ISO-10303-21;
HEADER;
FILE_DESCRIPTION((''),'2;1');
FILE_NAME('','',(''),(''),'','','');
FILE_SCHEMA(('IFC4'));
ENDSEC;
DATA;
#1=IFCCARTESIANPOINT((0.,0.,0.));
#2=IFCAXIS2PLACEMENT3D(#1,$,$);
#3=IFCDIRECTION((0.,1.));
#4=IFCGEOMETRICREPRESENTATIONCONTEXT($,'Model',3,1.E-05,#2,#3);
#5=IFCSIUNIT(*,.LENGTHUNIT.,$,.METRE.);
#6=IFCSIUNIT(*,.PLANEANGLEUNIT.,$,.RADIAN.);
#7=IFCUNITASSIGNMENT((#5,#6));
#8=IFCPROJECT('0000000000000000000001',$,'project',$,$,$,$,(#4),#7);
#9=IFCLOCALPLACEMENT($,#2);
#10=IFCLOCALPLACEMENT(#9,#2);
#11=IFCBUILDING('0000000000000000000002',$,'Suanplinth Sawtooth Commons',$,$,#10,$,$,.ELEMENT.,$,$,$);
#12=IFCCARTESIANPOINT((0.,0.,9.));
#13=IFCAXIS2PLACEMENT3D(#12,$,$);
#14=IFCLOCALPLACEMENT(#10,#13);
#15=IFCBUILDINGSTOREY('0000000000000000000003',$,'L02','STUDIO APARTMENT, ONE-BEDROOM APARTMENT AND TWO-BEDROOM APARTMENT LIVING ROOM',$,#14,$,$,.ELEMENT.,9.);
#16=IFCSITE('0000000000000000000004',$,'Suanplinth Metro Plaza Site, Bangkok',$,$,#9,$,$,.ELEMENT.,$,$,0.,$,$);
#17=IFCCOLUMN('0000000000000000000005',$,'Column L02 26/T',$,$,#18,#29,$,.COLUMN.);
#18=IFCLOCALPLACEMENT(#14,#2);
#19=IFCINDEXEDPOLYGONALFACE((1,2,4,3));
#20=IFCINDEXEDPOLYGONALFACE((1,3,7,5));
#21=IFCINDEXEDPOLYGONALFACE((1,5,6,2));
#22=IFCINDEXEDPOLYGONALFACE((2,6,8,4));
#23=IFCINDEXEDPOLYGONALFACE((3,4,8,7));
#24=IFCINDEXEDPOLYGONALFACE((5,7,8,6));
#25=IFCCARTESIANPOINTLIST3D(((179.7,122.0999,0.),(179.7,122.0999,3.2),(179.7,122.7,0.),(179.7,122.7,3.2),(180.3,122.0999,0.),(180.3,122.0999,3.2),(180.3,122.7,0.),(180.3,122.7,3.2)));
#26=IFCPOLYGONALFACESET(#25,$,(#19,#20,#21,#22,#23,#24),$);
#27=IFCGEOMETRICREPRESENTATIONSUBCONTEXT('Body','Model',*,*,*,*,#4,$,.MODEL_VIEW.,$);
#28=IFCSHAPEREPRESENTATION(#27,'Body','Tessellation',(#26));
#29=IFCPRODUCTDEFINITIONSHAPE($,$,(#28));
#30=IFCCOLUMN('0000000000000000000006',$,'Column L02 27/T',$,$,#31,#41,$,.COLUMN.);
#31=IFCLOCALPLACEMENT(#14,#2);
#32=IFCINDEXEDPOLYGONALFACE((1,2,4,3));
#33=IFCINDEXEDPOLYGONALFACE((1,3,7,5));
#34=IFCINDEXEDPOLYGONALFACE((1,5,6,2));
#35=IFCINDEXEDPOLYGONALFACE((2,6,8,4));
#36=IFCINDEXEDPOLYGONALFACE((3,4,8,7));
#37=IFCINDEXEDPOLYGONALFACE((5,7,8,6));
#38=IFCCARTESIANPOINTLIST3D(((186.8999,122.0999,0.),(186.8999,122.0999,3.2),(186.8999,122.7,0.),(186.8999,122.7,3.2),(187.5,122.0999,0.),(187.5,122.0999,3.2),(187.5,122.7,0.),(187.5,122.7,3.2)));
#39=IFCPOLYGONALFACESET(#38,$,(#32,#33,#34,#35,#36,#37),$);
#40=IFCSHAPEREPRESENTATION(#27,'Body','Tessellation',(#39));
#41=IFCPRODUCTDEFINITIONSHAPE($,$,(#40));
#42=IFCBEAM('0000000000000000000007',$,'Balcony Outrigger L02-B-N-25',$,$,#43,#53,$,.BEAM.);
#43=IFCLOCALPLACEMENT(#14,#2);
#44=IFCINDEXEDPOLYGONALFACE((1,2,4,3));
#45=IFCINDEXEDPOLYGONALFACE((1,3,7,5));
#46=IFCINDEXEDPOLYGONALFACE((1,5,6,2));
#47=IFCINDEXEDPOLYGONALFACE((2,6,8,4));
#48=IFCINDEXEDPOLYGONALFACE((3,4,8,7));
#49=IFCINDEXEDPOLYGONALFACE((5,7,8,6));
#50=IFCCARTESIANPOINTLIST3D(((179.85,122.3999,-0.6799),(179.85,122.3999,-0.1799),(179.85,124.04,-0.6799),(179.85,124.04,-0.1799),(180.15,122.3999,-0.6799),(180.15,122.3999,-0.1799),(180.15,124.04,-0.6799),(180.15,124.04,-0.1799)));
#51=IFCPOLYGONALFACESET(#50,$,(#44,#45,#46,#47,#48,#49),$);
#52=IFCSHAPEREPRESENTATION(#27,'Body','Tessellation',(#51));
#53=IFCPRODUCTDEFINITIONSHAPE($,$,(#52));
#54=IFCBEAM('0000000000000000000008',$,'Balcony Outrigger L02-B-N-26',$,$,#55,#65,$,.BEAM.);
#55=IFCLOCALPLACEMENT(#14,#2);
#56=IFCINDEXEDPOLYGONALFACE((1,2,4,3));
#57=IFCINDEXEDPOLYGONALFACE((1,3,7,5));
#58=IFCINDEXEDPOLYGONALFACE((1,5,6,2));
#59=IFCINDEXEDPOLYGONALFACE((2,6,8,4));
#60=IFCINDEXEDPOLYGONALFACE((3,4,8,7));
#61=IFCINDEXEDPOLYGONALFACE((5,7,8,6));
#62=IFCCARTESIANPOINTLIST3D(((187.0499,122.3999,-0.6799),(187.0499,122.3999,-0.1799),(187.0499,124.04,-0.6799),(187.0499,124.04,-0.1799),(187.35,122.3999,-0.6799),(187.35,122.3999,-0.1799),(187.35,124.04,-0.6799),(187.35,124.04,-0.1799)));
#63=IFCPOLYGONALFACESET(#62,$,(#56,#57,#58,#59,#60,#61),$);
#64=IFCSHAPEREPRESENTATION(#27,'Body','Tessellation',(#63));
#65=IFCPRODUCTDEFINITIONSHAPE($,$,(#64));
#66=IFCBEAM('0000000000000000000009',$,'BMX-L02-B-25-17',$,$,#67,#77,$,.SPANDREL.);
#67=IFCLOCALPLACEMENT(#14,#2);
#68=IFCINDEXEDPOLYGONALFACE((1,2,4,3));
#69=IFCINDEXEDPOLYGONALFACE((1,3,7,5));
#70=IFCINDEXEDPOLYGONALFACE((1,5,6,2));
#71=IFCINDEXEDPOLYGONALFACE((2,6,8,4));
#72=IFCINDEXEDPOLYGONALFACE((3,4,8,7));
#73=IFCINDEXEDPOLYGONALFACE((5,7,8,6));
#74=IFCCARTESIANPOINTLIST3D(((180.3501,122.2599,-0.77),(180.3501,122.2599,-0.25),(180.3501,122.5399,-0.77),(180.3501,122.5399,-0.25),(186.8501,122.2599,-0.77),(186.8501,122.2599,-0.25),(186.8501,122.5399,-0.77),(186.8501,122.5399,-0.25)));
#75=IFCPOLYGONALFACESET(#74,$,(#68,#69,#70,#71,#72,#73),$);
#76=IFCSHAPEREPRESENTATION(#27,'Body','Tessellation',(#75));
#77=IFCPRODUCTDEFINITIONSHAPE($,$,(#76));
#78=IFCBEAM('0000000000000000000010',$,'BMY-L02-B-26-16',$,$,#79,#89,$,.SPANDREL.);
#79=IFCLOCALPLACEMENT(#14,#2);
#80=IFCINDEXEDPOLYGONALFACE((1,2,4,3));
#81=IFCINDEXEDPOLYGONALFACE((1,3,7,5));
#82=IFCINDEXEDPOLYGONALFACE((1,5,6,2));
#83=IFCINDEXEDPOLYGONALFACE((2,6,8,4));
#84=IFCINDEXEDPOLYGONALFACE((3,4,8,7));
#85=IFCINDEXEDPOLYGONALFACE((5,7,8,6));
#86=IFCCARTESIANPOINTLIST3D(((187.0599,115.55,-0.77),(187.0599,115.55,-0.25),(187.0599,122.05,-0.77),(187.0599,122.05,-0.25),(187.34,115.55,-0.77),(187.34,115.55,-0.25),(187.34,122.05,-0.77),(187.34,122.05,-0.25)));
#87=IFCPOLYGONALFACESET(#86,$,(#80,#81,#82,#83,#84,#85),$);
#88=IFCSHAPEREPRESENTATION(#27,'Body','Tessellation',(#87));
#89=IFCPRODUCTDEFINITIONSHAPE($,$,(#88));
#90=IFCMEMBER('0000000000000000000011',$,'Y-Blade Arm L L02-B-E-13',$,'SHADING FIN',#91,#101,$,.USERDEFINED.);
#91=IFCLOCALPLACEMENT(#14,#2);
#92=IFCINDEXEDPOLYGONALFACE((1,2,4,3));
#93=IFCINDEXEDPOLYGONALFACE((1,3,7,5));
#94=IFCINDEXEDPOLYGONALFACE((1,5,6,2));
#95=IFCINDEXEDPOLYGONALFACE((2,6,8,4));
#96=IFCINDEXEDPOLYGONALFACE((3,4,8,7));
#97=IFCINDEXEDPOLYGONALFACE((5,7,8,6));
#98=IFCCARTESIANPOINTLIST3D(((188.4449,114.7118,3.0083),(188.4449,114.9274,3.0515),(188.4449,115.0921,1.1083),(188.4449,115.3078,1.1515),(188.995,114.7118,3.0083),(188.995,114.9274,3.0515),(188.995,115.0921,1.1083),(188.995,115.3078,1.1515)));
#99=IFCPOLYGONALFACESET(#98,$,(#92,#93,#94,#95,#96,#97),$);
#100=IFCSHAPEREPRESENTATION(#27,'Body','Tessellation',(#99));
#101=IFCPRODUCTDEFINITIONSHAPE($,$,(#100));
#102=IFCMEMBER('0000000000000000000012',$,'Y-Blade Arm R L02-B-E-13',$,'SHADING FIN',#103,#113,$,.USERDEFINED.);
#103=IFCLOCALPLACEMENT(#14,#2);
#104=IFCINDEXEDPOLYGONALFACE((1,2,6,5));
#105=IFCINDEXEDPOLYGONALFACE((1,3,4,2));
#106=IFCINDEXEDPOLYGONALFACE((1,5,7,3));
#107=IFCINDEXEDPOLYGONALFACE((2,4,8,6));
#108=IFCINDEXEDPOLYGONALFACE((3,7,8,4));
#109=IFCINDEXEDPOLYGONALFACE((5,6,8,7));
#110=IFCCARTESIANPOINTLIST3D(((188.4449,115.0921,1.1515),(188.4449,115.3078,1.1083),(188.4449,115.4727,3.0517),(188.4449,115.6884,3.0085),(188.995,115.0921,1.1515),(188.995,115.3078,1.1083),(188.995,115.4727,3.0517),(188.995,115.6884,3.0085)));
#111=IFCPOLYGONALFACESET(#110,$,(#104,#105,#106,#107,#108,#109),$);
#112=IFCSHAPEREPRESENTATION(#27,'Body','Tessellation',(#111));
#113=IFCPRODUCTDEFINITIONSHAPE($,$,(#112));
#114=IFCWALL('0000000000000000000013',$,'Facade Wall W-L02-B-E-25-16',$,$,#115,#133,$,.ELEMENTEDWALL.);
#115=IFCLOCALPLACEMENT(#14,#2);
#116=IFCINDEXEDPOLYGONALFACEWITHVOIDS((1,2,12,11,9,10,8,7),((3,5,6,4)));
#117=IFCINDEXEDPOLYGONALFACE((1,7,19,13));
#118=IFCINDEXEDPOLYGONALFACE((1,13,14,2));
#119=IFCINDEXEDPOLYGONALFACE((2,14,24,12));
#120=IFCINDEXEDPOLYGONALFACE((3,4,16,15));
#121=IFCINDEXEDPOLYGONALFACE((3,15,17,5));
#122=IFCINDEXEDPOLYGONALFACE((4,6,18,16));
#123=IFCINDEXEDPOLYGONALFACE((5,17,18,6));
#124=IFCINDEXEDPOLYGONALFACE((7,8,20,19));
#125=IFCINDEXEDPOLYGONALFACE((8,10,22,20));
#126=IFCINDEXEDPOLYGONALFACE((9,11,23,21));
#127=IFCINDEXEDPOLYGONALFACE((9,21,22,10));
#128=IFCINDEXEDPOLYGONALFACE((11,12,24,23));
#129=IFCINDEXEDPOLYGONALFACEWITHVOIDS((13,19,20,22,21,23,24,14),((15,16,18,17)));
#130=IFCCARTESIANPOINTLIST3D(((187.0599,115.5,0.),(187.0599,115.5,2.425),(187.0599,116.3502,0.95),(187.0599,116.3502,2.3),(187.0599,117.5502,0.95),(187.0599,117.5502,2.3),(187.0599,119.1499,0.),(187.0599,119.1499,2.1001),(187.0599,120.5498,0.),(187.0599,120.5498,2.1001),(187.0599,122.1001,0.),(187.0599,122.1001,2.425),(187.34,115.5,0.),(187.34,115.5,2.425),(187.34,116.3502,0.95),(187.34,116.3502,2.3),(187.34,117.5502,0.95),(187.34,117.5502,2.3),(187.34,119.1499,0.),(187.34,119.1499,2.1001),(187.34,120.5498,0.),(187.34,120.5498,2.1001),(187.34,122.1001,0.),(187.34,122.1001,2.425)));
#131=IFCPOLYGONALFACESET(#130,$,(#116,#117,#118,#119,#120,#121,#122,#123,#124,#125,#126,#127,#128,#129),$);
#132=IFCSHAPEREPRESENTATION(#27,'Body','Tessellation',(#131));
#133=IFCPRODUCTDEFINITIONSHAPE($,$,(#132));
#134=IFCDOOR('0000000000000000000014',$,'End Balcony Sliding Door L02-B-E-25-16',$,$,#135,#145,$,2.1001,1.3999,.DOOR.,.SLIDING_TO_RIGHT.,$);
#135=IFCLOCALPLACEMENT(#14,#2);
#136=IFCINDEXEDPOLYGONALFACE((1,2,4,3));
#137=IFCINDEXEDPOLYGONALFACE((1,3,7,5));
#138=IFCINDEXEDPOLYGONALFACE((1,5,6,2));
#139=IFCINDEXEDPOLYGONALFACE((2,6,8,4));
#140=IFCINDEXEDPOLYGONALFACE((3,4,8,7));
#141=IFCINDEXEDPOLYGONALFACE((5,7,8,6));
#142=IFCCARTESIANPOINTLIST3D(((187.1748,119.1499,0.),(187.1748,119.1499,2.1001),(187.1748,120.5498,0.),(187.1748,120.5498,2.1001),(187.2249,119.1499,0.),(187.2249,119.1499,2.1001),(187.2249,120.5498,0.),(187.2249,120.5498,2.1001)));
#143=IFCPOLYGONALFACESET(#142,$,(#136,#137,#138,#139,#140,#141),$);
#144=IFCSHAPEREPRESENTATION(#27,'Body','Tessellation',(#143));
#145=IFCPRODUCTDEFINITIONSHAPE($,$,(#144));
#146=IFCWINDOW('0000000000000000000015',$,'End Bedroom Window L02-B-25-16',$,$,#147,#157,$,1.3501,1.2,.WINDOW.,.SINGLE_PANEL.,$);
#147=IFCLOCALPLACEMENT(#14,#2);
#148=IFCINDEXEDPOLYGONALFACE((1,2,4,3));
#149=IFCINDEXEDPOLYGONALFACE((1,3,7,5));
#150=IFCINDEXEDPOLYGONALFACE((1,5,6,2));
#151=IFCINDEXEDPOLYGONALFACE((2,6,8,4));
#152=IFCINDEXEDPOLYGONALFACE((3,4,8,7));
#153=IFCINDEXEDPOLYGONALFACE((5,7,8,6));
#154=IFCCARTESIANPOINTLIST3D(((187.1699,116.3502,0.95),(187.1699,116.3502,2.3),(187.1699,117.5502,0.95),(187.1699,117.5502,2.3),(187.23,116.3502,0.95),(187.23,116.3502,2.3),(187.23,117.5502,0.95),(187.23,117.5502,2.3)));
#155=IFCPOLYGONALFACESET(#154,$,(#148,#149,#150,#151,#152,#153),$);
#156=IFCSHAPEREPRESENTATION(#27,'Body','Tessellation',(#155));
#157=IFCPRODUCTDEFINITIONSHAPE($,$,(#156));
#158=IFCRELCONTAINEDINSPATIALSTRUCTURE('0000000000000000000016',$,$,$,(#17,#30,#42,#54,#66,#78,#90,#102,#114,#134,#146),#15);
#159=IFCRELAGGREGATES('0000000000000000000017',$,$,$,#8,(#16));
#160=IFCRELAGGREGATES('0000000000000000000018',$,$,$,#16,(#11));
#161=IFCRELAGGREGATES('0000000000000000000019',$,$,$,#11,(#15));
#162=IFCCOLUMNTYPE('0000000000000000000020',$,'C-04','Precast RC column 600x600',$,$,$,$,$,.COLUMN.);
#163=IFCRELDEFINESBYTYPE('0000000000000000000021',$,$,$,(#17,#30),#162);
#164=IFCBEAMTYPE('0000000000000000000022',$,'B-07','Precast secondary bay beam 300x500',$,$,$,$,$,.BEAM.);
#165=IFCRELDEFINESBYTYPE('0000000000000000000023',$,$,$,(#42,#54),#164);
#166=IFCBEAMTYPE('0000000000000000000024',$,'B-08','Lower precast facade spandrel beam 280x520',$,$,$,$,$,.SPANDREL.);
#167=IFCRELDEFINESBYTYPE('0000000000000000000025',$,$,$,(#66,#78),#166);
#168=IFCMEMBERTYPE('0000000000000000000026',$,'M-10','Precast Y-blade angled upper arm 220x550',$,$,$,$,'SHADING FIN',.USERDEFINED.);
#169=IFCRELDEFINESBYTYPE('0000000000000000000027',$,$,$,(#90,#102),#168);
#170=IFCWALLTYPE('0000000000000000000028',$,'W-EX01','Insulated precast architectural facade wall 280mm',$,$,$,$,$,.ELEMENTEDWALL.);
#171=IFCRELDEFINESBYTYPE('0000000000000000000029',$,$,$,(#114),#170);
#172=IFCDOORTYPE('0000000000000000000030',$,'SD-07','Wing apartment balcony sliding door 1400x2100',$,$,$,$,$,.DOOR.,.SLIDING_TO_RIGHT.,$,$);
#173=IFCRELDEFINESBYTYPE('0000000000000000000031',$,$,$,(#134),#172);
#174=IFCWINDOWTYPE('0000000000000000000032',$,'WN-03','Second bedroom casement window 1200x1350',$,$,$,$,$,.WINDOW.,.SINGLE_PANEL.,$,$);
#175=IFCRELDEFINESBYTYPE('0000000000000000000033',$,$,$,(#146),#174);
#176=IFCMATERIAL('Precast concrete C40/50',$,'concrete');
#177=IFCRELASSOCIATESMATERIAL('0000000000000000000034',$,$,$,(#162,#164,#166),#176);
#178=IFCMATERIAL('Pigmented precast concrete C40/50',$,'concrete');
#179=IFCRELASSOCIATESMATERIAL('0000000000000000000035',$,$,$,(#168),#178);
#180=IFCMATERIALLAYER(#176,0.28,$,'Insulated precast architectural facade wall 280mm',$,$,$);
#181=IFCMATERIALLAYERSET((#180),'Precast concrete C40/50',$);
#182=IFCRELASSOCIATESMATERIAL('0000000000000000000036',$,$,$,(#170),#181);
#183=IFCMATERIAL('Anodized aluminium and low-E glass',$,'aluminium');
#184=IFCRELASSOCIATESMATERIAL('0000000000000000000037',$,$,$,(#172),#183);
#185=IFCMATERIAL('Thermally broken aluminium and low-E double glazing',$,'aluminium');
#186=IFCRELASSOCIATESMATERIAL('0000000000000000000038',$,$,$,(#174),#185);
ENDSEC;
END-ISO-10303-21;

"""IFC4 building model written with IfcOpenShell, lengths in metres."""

from ifc_helpers import new_model, si_unit, direction, frame, frame_2d, origin, origin_2d, place, context, subcontext, project, spatial, rectangle, extrude, material, layer, layer_set, material_profile, profile_set, type_object, element, fill, save


model = new_model("IFC4")

# Units and contexts
model_context = context("Model", 3, precision=1e-05, world=origin(), true_north=direction((0.0, 1.0)))
body_context = subcontext(model_context, "Body", "Model", "MODEL_VIEW")
ifc_project = project(units=[si_unit("LENGTHUNIT", "METRE"), si_unit("PLANEANGLEUNIT", "RADIAN")], contexts=[model_context])

# Site, building, storey
site_placement = place(None, origin())
site = spatial("IfcSite", under=ifc_project, at=site_placement, Name="Suanplinth Metro Plaza Site, Bangkok", CompositionType="ELEMENT", RefElevation=0.0)
building_placement = place(site_placement, origin())
building = spatial("IfcBuilding", under=site, at=building_placement, Name="Suanplinth Sawtooth Commons", CompositionType="ELEMENT")
storey_placement = place(building_placement, frame((0.0, 0.0, 9.0)))
storey = spatial("IfcBuildingStorey", under=building, at=storey_placement, Name="L02", Description="STUDIO APARTMENT, ONE-BEDROOM APARTMENT AND TWO-BEDROOM APARTMENT LIVING ROOM", CompositionType="ELEMENT", Elevation=9.0)

# Columns
ifc_material_1 = material(Name="Precast concrete C40/50", Category="concrete")
ifc_material_profile_1 = material_profile(ifc_material_1, rectangle(XDim=0.6001, YDim=0.6001, at=origin_2d()), Name="PC-COL 600x600")
ifc_profile_set_1 = profile_set([ifc_material_profile_1], Name="Precast concrete C40/50")
column_type = type_object("IfcColumnType", Name="C-04", Description="Precast RC column 600x600", PredefinedType="COLUMN", material=ifc_profile_set_1)
for number, where, z_axis, x_axis, name in (
    (1, (180.0, 122.3999, 0.0), (0.0, 0.0, 1.0), (1.0, 0.0, 0.0), "Column L02 26/T"),
    (2, (187.2, 122.3999, 0.0), (0.0, 0.0, 1.0), (1.0, 0.0, 0.0), "Column L02 27/T"),
):
    element("IfcColumn", number, at=place(storey_placement, frame(where, z_axis=z_axis, x_axis=x_axis)), inside=storey, type_object=column_type, Name=name, PredefinedType="COLUMN", context=body_context, shape_type="SweptSolid", body=[
        extrude(rectangle(XDim=0.6001, YDim=0.6001, at=origin_2d()), origin(), (0.0, 0.0, 1.0), 3.2),
    ])

# Beams
ifc_material_profile_2 = material_profile(ifc_material_1, rectangle(XDim=0.3, YDim=0.5, at=origin_2d()), Name="PC-BM 300x500")
ifc_profile_set_2 = profile_set([ifc_material_profile_2], Name="Precast concrete C40/50")
beam_type_1 = type_object("IfcBeamType", Name="B-07", Description="Precast secondary bay beam 300x500", PredefinedType="BEAM", material=ifc_profile_set_2)
for number, where, z_axis, x_axis, name in (
    (3, (180.0, 122.3999, -0.4299), (0.0, 1.0, 0.0), (-1.0, 0.0, 0.0), "Balcony Outrigger L02-B-N-25"),
    (4, (187.2, 122.3999, -0.4299), (0.0, 1.0, 0.0), (-1.0, 0.0, 0.0), "Balcony Outrigger L02-B-N-26"),
):
    element("IfcBeam", number, at=place(storey_placement, frame(where, z_axis=z_axis, x_axis=x_axis)), inside=storey, type_object=beam_type_1, Name=name, PredefinedType="BEAM", context=body_context, shape_type="SweptSolid", body=[
        extrude(rectangle(XDim=0.3, YDim=0.5, at=origin_2d()), origin(), (0.0, 0.0, 1.0), 1.6401),
    ])
ifc_material_profile_3 = material_profile(ifc_material_1, rectangle(XDim=0.28, YDim=0.52, at=origin_2d()), Name="PC-SP 280x520")
ifc_profile_set_3 = profile_set([ifc_material_profile_3], Name="Precast concrete C40/50")
beam_type_2 = type_object("IfcBeamType", Name="B-08", Description="Lower precast facade spandrel beam 280x520", PredefinedType="SPANDREL", material=ifc_profile_set_3)
for number, where, z_axis, x_axis, name in (
    (5, (180.3501, 122.3999, -0.51), (1.0, 0.0, 0.0), (0.0, 1.0, 0.0), "BMX-L02-B-25-17"),
    (6, (187.2, 115.55, -0.51), (0.0, 1.0, 0.0), (-1.0, 0.0, 0.0), "BMY-L02-B-26-16"),
):
    element("IfcBeam", number, at=place(storey_placement, frame(where, z_axis=z_axis, x_axis=x_axis)), inside=storey, type_object=beam_type_2, Name=name, PredefinedType="SPANDREL", context=body_context, shape_type="SweptSolid", body=[
        extrude(rectangle(XDim=0.28, YDim=0.52, at=origin_2d()), origin(), (0.0, 0.0, 1.0), 6.5),
    ])

# Members
ifc_material_2 = material(Name="Pigmented precast concrete C40/50", Category="concrete")
ifc_material_profile_4 = material_profile(ifc_material_2, rectangle(XDim=0.22, YDim=0.55, at=origin_2d()), Name="PC-FIN 220x550")
ifc_profile_set_4 = profile_set([ifc_material_profile_4], Name="Pigmented precast concrete C40/50")
member_type = type_object("IfcMemberType", Name="M-10", Description="Precast Y-blade angled upper arm 220x550", ElementType="SHADING FIN", PredefinedType="USERDEFINED", material=ifc_profile_set_4)
member_1_placement = place(storey_placement, frame((188.72, 115.2, 1.1299), z_axis=(0.0, -0.196286, 0.980547), x_axis=(0.0, 0.980547, 0.196286)))
element("IfcMember", 7, at=member_1_placement, inside=storey, type_object=member_type, Name="Y-Blade Arm L L02-B-E-13", ObjectType="SHADING FIN", PredefinedType="USERDEFINED", context=body_context, shape_type="SweptSolid", body=[
    extrude(rectangle(XDim=0.22, YDim=0.55, at=origin_2d()), origin(), (0.0, 0.0, 1.0), 1.9377),
])
member_2_placement = place(storey_placement, frame((188.72, 115.2, 1.1299), z_axis=(0.0, 0.196407, 0.980522), x_axis=(0.0, -0.980522, 0.196407)))
element("IfcMember", 8, at=member_2_placement, inside=storey, type_object=member_type, Name="Y-Blade Arm R L02-B-E-13", ObjectType="SHADING FIN", PredefinedType="USERDEFINED", context=body_context, shape_type="SweptSolid", body=[
    extrude(rectangle(XDim=0.22, YDim=0.55, at=origin_2d()), origin(), (0.0, 0.0, 1.0), 1.938),
])

# Wall, openings, door, window
ifc_layer_1 = layer(ifc_material_1, 0.28, Name="Insulated precast architectural facade wall 280mm")
ifc_layer_set_1 = layer_set([ifc_layer_1], Name="Precast concrete C40/50")
wall_type_1 = type_object("IfcWallType", Name="W-EX01", Description="Insulated precast architectural facade wall 280mm", PredefinedType="ELEMENTEDWALL", material=ifc_layer_set_1)
ifc_material_3 = material(Name="Anodized aluminium and low-E glass", Category="aluminium")
ifc_material_4 = material(Name="Thermally broken aluminium and low-E double glazing", Category="aluminium")
wall_1_placement = place(storey_placement, frame((187.2, 115.5, 0.0), z_axis=(0.0, 0.0, 1.0), x_axis=(0.0, 1.0, 0.0)))
wall_1 = element("IfcWall", 9, at=wall_1_placement, inside=storey, type_object=wall_type_1, Name="Facade Wall W-L02-B-E-25-16", PredefinedType="ELEMENTEDWALL", context=body_context, shape_type="SweptSolid", body=[
    extrude(rectangle(XDim=6.6001, YDim=0.28, at=frame_2d((3.3, 0.0))), origin(), (0.0, 0.0, 1.0), 2.425),
])
opening_1_placement = place(wall_1_placement, frame((3.6499, 0.0, 0.0)))
opening_1 = element("IfcOpeningElement", 10, at=opening_1_placement, cuts=wall_1, PredefinedType="OPENING", context=body_context, shape_type="SweptSolid", body=[
    extrude(rectangle(XDim=1.3999, YDim=2.1001, at=frame_2d((0.7, 1.05))), frame((0.0, 0.1548, 0.0), z_axis=(0.0, -1.0, 0.0), x_axis=(1.0, 0.0, 0.0)), (0.0, 0.0, 1.0), 0.3098),
])
opening_2_placement = place(wall_1_placement, frame((0.8501, 0.0, 0.95)))
opening_2 = element("IfcOpeningElement", 11, at=opening_2_placement, cuts=wall_1, PredefinedType="OPENING", context=body_context, shape_type="SweptSolid", body=[
    extrude(rectangle(XDim=1.2, YDim=1.3501, at=frame_2d((0.6001, 0.675))), frame((0.0, 0.1548, 0.0), z_axis=(0.0, -1.0, 0.0), x_axis=(1.0, 0.0, 0.0)), (0.0, 0.0, 1.0), 0.3098),
])
door_type_1 = type_object("IfcDoorType", Name="SD-07", Description="Wing apartment balcony sliding door 1400x2100", OperationType="SLIDING_TO_RIGHT", PredefinedType="DOOR", material=ifc_material_3)
door_1_placement = place(opening_1_placement, frame((1.3999, 0.0, 0.0), z_axis=(0.0, 0.0, 1.0), x_axis=(-1.0, 0.0, 0.0)))
door_1 = element("IfcDoor", 12, at=door_1_placement, inside=storey, type_object=door_type_1, Name="End Balcony Sliding Door L02-B-E-25-16", OperationType="SLIDING_TO_RIGHT", OverallHeight=2.1001, OverallWidth=1.3999, PredefinedType="DOOR", context=body_context, shape_type="SweptSolid", body=[
    extrude(rectangle(XDim=1.3999, YDim=2.1001, at=frame_2d((0.7, 1.05))), frame((0.0, 0.0249, 0.0), z_axis=(0.0, -1.0, 0.0), x_axis=(1.0, 0.0, 0.0)), (0.0, 0.0, 1.0), 0.05),
])
fill(opening_1, door_1)
window_type_1 = type_object("IfcWindowType", Name="WN-03", Description="Second bedroom casement window 1200x1350", PartitioningType="SINGLE_PANEL", PredefinedType="WINDOW", material=ifc_material_4)
window_1_placement = place(opening_2_placement, origin())
window_1 = element("IfcWindow", 13, at=window_1_placement, inside=storey, type_object=window_type_1, Name="End Bedroom Window L02-B-25-16", OverallHeight=1.3501, OverallWidth=1.2, PartitioningType="SINGLE_PANEL", PredefinedType="WINDOW", context=body_context, shape_type="SweptSolid", body=[
    extrude(rectangle(XDim=1.2, YDim=1.3501, at=frame_2d((0.6001, 0.675))), frame((0.0, 0.03, 0.0), z_axis=(0.0, -1.0, 0.0), x_axis=(1.0, 0.0, 0.0)), (0.0, 0.0, 1.0), 0.0601),
])
fill(opening_2, window_1)

save(model, "model.ifc")
